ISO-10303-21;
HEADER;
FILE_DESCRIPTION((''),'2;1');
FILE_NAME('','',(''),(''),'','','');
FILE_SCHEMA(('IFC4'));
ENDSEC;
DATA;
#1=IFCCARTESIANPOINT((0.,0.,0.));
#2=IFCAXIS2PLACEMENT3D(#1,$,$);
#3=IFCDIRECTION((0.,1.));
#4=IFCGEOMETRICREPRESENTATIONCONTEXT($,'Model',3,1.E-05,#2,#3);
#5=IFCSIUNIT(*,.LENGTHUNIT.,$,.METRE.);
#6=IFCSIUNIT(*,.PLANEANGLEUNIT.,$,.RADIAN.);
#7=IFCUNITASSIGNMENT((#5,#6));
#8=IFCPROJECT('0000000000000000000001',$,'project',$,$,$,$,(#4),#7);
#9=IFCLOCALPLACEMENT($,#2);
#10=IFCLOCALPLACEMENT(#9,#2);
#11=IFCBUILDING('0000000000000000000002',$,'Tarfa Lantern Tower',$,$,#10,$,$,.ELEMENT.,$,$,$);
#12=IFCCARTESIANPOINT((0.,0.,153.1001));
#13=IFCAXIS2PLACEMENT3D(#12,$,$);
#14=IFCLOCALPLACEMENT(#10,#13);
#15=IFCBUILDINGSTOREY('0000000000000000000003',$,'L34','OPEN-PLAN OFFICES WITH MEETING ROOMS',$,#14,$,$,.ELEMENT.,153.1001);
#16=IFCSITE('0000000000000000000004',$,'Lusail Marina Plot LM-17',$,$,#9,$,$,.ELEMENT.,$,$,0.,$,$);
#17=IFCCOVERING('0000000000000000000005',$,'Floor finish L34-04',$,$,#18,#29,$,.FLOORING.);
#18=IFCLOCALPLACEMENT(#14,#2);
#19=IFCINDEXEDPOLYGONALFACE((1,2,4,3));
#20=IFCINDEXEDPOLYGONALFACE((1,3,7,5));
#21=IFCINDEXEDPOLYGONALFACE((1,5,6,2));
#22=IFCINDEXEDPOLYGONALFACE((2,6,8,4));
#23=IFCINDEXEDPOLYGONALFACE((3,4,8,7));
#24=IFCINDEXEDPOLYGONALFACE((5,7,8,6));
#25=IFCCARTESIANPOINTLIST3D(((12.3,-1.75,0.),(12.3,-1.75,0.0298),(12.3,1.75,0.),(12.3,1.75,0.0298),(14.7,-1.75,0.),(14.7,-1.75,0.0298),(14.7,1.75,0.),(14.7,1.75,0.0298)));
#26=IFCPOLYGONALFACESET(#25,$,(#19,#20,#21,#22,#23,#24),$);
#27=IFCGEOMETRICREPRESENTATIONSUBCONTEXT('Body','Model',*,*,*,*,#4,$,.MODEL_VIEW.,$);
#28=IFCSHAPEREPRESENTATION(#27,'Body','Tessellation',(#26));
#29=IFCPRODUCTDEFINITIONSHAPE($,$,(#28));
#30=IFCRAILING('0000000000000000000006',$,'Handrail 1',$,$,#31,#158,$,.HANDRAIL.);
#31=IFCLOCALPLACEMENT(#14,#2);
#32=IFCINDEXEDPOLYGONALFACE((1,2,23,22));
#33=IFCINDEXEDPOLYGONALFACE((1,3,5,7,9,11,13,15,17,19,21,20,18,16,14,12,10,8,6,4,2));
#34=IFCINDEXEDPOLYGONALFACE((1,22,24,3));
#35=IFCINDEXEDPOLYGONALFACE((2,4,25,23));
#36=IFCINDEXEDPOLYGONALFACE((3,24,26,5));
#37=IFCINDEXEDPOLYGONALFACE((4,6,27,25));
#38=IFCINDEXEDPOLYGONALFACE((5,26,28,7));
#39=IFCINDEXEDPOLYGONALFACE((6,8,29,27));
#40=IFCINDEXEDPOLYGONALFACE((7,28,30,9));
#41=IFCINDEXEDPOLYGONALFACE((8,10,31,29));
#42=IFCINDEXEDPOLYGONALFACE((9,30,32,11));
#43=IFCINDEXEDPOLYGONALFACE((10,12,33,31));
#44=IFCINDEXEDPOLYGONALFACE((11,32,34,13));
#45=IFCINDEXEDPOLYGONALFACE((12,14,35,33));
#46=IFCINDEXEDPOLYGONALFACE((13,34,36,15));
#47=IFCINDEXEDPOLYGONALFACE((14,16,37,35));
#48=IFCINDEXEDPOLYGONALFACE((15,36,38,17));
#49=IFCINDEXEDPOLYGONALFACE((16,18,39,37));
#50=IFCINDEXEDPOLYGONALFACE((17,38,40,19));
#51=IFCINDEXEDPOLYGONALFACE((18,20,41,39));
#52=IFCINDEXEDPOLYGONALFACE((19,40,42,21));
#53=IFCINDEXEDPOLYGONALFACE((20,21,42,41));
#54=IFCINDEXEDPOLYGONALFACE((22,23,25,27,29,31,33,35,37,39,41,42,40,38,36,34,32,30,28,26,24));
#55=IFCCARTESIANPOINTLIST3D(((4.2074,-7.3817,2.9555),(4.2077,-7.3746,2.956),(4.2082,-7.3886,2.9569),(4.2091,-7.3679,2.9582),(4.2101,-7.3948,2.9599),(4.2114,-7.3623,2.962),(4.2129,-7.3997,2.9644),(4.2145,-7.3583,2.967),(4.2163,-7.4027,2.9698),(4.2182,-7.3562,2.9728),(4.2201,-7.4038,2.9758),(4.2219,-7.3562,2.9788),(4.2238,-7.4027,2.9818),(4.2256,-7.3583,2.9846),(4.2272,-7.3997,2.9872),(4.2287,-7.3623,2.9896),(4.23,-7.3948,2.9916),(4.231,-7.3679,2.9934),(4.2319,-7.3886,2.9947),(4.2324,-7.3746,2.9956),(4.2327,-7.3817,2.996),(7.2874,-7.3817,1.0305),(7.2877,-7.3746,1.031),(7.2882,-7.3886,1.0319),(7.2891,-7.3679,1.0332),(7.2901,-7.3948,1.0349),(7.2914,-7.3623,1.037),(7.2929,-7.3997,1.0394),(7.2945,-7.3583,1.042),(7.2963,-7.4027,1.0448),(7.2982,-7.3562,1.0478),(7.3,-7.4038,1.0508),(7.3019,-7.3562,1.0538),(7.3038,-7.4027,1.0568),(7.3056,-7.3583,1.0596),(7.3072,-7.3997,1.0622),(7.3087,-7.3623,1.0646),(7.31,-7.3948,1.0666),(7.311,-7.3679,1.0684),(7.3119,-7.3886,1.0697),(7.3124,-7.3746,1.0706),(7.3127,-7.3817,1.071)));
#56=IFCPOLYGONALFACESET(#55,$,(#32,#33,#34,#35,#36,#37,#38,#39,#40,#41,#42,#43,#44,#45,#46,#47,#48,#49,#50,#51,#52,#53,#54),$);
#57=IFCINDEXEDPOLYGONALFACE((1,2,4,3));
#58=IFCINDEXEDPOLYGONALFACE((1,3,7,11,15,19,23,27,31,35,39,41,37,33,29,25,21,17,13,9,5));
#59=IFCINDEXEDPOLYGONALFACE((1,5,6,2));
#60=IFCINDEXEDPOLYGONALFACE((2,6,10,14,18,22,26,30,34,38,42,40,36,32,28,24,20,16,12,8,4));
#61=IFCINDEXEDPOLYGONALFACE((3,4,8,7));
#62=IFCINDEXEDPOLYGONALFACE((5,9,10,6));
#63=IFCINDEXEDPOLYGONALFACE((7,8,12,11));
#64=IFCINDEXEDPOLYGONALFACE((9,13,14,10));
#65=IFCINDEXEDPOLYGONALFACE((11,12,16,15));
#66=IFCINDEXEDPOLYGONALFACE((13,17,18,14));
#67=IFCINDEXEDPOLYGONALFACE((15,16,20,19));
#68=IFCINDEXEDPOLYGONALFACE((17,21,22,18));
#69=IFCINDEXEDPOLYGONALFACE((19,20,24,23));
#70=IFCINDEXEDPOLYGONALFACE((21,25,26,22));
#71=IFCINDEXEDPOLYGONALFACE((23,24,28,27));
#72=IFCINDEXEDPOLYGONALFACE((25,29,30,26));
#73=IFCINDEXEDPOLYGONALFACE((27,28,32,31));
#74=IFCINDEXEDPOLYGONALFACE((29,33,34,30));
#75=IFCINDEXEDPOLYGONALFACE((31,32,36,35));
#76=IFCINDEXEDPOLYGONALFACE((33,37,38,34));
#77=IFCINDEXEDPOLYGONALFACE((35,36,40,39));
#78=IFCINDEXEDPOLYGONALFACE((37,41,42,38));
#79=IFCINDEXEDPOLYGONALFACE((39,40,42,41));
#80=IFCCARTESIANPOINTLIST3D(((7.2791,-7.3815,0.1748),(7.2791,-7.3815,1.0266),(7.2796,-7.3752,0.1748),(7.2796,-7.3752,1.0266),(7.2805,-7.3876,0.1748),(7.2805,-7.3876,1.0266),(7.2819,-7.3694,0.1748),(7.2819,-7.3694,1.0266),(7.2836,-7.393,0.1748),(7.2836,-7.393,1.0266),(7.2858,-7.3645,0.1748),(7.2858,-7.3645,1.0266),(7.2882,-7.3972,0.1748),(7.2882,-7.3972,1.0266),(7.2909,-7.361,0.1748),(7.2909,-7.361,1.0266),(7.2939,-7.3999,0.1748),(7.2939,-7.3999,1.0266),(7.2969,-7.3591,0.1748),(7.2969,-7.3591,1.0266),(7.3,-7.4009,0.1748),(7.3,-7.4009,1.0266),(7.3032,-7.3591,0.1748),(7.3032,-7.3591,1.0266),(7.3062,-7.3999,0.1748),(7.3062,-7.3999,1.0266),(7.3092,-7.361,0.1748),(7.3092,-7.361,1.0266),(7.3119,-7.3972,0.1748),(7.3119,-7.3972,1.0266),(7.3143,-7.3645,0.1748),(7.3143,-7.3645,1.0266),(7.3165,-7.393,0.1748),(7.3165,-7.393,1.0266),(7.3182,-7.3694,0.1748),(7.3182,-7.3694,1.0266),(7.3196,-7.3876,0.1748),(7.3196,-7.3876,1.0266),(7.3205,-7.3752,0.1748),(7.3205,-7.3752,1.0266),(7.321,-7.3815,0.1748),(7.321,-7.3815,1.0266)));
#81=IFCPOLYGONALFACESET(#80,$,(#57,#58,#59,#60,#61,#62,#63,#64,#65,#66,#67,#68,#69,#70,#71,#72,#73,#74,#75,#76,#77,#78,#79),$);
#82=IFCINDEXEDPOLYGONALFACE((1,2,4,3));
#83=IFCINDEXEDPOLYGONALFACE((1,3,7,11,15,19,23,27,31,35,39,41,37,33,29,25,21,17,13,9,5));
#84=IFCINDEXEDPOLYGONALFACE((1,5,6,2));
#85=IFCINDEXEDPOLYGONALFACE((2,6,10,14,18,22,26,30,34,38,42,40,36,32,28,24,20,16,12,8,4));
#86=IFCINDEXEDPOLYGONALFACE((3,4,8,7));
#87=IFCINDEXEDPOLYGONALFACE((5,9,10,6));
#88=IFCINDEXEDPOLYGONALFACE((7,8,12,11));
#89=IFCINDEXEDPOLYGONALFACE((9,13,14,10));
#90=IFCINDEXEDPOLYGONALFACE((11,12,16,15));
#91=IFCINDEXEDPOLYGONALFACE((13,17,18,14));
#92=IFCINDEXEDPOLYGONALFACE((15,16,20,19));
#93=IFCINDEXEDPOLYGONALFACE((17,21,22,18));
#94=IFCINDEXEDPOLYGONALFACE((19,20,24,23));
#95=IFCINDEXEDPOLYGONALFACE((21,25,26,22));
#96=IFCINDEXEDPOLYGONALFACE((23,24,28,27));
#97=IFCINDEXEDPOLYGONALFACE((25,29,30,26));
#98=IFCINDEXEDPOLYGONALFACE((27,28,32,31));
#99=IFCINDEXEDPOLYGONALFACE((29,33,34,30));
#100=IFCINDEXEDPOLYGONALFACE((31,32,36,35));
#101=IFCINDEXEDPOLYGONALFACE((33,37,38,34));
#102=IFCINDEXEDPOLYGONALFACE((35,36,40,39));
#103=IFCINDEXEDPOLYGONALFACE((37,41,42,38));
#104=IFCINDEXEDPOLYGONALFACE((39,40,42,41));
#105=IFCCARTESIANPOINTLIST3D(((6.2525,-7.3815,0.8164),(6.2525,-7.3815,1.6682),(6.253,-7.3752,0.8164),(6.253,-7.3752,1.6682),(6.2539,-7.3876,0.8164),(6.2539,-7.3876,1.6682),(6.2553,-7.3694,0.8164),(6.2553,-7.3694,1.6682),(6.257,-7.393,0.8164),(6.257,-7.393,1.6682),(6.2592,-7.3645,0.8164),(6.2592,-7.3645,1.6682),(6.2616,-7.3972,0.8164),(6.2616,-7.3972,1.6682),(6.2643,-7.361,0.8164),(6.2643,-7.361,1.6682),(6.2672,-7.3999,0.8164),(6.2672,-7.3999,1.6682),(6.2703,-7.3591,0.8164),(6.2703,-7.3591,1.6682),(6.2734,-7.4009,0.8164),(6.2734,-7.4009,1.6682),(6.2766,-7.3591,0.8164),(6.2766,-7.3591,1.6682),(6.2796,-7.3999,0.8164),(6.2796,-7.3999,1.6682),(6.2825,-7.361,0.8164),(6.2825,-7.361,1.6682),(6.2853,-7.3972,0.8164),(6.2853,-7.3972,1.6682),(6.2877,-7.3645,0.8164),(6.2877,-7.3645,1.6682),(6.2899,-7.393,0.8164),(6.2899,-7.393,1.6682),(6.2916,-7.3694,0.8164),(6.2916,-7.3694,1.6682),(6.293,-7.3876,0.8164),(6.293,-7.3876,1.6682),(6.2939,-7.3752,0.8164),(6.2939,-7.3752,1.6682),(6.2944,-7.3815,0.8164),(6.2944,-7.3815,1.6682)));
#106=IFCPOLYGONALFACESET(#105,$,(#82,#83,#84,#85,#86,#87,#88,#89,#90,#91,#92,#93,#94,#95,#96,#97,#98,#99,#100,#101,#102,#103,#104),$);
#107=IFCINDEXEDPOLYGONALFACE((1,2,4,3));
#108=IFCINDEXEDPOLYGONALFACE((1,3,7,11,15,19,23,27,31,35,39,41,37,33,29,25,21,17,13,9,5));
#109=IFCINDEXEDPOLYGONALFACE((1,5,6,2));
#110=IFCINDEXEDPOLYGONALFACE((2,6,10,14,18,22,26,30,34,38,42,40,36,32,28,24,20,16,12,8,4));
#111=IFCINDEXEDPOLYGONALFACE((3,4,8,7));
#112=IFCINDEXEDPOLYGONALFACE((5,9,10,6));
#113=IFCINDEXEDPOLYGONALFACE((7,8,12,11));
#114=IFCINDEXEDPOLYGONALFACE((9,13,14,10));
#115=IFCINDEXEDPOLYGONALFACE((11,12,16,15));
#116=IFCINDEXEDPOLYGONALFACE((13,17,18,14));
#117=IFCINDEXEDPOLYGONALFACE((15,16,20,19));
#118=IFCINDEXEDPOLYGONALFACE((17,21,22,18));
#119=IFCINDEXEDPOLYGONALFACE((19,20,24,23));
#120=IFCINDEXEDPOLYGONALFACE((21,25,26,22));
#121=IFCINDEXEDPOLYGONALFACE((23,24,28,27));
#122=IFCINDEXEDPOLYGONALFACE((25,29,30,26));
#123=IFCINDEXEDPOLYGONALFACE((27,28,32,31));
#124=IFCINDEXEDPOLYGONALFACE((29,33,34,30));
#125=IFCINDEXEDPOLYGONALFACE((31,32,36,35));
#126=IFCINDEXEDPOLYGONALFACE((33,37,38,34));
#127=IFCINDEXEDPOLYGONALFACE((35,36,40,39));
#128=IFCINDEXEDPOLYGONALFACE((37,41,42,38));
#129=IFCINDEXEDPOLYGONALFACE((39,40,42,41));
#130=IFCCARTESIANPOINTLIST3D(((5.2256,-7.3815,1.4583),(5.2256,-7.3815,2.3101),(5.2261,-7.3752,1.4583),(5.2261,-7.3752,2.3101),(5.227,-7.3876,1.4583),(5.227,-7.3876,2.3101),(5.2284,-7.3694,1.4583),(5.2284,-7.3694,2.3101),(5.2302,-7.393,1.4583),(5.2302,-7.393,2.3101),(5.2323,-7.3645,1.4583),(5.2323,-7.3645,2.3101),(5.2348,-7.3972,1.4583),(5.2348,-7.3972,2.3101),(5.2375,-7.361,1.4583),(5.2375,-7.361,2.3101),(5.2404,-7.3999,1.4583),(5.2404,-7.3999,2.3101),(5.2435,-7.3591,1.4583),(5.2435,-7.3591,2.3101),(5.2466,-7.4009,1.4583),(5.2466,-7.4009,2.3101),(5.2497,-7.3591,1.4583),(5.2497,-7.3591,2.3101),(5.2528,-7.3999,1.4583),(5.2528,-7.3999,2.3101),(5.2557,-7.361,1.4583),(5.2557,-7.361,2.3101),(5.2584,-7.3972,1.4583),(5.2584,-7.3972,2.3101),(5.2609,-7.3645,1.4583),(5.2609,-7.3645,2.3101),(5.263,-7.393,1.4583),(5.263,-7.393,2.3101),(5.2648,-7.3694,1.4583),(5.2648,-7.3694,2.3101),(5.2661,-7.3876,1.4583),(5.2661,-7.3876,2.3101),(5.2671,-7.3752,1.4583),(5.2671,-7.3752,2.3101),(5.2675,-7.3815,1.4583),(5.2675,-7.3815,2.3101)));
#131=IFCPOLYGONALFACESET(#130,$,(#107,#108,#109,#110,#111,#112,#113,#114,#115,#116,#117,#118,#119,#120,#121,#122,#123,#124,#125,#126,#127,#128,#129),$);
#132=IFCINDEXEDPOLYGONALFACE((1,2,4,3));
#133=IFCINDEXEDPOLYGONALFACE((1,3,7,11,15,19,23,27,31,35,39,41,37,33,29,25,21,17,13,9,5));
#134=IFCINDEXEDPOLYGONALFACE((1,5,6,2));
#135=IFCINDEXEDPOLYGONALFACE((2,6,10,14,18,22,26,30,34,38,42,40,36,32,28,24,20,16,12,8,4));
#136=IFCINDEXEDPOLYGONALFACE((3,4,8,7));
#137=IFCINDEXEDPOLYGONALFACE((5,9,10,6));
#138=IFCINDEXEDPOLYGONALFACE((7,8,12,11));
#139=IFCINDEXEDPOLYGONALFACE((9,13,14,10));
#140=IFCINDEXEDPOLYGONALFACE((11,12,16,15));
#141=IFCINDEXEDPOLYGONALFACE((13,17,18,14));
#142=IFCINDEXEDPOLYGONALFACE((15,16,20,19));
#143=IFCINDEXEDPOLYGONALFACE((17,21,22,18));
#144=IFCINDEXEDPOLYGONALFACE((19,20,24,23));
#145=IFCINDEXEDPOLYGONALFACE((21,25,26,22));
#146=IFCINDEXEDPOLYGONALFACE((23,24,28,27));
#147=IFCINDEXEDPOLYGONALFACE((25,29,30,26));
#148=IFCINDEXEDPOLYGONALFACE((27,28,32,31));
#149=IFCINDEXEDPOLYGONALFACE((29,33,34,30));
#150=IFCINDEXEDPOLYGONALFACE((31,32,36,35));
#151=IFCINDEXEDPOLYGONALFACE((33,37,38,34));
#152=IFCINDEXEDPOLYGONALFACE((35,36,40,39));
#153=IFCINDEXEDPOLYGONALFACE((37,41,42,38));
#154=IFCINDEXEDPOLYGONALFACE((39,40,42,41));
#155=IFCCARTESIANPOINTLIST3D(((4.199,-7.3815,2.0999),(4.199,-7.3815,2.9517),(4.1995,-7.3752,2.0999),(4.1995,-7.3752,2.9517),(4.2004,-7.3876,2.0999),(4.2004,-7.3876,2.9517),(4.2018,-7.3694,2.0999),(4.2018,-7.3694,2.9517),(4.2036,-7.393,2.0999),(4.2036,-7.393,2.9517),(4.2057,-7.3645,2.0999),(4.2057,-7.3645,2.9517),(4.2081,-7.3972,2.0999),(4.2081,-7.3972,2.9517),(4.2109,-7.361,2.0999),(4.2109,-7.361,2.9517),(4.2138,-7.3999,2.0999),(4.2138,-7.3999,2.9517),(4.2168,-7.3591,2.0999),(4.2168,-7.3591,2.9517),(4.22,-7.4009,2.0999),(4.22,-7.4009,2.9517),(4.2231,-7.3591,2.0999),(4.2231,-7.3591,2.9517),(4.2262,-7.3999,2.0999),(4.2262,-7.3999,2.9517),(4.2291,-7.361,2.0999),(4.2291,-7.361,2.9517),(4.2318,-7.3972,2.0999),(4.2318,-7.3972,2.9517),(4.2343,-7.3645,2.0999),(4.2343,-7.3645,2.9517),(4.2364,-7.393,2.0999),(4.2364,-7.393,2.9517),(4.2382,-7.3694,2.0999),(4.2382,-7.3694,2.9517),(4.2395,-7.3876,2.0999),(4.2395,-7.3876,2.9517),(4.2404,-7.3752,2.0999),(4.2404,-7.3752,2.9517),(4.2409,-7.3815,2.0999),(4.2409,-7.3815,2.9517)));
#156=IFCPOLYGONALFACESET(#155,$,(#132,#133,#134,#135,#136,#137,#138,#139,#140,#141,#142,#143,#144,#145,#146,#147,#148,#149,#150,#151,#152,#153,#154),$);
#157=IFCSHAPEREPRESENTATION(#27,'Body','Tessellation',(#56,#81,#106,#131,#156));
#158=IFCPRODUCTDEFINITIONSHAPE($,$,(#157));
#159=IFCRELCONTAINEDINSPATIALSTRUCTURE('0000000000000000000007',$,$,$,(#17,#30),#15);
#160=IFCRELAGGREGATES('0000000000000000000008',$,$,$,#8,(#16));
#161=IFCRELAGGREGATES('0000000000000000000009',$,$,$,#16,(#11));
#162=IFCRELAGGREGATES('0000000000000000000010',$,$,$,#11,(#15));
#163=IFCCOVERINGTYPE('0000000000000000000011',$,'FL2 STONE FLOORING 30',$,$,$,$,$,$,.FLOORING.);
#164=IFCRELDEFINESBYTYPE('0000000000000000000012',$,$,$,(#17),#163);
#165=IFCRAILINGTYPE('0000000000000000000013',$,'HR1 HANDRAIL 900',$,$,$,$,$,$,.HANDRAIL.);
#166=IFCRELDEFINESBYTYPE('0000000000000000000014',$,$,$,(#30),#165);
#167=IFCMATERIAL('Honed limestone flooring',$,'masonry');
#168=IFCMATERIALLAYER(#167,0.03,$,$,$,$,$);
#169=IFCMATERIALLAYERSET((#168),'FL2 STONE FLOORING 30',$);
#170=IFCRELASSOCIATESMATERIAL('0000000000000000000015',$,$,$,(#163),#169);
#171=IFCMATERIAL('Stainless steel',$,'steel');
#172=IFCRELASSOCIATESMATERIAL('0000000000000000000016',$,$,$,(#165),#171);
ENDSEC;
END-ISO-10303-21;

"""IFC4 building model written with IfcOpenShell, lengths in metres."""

from ifc_helpers import new_model, si_unit, direction, frame, origin, origin_2d, place, context, subcontext, project, spatial, polyline, circle, outline, extrude, material, layer, layer_set, type_object, element, save


model = new_model("IFC4")

# Units and contexts
model_context = context("Model", 3, precision=1e-05, world=origin(), true_north=direction((0.0, 1.0)))
body_context = subcontext(model_context, "Body", "Model", "MODEL_VIEW")
ifc_project = project(units=[si_unit("LENGTHUNIT", "METRE"), si_unit("PLANEANGLEUNIT", "RADIAN")], contexts=[model_context])

# Site, building, storey
site_placement = place(None, origin())
site = spatial("IfcSite", under=ifc_project, at=site_placement, Name="Lusail Marina Plot LM-17", CompositionType="ELEMENT", RefElevation=0.0)
building_placement = place(site_placement, origin())
building = spatial("IfcBuilding", under=site, at=building_placement, Name="Tarfa Lantern Tower", CompositionType="ELEMENT")
storey_placement = place(building_placement, frame((0.0, 0.0, 153.1001)))
storey = spatial("IfcBuildingStorey", under=building, at=storey_placement, Name="L34", Description="OPEN-PLAN OFFICES WITH MEETING ROOMS", CompositionType="ELEMENT", Elevation=153.1001)

# Covering
ifc_material_1 = material(Name="Honed limestone flooring", Category="masonry")
ifc_layer_1 = layer(ifc_material_1, 0.03)
ifc_layer_set_1 = layer_set([ifc_layer_1], Name="FL2 STONE FLOORING 30")
covering_type_1 = type_object("IfcCoveringType", Name="FL2 STONE FLOORING 30", PredefinedType="FLOORING", material=ifc_layer_set_1)
covering_1_placement = place(storey_placement, origin())
element("IfcCovering", 1, at=covering_1_placement, inside=storey, type_object=covering_type_1, Name="Floor finish L34-04", PredefinedType="FLOORING", context=body_context, shape_type="SweptSolid", body=[
    extrude(outline(polyline([(12.3, -1.75), (14.7, -1.75), (14.7, 1.75), (12.3, 1.75), (12.3, -1.75)])), origin(), (0.0, 0.0, 1.0), 0.0298),
])

# Railing
ifc_material_2 = material(Name="Stainless steel", Category="steel")
railing_type = type_object("IfcRailingType", Name="HR1 HANDRAIL 900", PredefinedType="HANDRAIL", material=ifc_material_2)
railing_1_placement = place(storey_placement, frame((7.3, -7.3799, 0.1748)))
element("IfcRailing", 2, at=railing_1_placement, inside=storey, type_object=railing_type, Name="Handrail 1", PredefinedType="HANDRAIL", context=body_context, shape_type="SweptSolid", body=[
    extrude(circle(Radius=0.0239, at=origin_2d()), frame((0.0, 0.0, 0.876), z_axis=(-0.847998, 0.0, 0.529999), x_axis=(0.0, -1.0, 0.0)), (0.0, 0.0, 1.0), 3.6321),
    extrude(circle(Radius=0.021, at=origin_2d()), frame((0.0, 0.0, 0.0), z_axis=(0.0, 0.0, 1.0), x_axis=(0.0, -1.0, 0.0)), (0.0, 0.0, 1.0), 0.8518),
    extrude(circle(Radius=0.021, at=origin_2d()), frame((-1.0266, 0.0, 0.6416), z_axis=(0.0, 0.0, 1.0), x_axis=(0.0, -1.0, 0.0)), (0.0, 0.0, 1.0), 0.8518),
    extrude(circle(Radius=0.021, at=origin_2d()), frame((-2.0535, 0.0, 1.2834), z_axis=(0.0, 0.0, 1.0), x_axis=(0.0, -1.0, 0.0)), (0.0, 0.0, 1.0), 0.8518),
    extrude(circle(Radius=0.021, at=origin_2d()), frame((-3.0801, 0.0, 1.925), z_axis=(0.0, 0.0, 1.0), x_axis=(0.0, -1.0, 0.0)), (0.0, 0.0, 1.0), 0.8518),
])

save(model, "model.ifc")
